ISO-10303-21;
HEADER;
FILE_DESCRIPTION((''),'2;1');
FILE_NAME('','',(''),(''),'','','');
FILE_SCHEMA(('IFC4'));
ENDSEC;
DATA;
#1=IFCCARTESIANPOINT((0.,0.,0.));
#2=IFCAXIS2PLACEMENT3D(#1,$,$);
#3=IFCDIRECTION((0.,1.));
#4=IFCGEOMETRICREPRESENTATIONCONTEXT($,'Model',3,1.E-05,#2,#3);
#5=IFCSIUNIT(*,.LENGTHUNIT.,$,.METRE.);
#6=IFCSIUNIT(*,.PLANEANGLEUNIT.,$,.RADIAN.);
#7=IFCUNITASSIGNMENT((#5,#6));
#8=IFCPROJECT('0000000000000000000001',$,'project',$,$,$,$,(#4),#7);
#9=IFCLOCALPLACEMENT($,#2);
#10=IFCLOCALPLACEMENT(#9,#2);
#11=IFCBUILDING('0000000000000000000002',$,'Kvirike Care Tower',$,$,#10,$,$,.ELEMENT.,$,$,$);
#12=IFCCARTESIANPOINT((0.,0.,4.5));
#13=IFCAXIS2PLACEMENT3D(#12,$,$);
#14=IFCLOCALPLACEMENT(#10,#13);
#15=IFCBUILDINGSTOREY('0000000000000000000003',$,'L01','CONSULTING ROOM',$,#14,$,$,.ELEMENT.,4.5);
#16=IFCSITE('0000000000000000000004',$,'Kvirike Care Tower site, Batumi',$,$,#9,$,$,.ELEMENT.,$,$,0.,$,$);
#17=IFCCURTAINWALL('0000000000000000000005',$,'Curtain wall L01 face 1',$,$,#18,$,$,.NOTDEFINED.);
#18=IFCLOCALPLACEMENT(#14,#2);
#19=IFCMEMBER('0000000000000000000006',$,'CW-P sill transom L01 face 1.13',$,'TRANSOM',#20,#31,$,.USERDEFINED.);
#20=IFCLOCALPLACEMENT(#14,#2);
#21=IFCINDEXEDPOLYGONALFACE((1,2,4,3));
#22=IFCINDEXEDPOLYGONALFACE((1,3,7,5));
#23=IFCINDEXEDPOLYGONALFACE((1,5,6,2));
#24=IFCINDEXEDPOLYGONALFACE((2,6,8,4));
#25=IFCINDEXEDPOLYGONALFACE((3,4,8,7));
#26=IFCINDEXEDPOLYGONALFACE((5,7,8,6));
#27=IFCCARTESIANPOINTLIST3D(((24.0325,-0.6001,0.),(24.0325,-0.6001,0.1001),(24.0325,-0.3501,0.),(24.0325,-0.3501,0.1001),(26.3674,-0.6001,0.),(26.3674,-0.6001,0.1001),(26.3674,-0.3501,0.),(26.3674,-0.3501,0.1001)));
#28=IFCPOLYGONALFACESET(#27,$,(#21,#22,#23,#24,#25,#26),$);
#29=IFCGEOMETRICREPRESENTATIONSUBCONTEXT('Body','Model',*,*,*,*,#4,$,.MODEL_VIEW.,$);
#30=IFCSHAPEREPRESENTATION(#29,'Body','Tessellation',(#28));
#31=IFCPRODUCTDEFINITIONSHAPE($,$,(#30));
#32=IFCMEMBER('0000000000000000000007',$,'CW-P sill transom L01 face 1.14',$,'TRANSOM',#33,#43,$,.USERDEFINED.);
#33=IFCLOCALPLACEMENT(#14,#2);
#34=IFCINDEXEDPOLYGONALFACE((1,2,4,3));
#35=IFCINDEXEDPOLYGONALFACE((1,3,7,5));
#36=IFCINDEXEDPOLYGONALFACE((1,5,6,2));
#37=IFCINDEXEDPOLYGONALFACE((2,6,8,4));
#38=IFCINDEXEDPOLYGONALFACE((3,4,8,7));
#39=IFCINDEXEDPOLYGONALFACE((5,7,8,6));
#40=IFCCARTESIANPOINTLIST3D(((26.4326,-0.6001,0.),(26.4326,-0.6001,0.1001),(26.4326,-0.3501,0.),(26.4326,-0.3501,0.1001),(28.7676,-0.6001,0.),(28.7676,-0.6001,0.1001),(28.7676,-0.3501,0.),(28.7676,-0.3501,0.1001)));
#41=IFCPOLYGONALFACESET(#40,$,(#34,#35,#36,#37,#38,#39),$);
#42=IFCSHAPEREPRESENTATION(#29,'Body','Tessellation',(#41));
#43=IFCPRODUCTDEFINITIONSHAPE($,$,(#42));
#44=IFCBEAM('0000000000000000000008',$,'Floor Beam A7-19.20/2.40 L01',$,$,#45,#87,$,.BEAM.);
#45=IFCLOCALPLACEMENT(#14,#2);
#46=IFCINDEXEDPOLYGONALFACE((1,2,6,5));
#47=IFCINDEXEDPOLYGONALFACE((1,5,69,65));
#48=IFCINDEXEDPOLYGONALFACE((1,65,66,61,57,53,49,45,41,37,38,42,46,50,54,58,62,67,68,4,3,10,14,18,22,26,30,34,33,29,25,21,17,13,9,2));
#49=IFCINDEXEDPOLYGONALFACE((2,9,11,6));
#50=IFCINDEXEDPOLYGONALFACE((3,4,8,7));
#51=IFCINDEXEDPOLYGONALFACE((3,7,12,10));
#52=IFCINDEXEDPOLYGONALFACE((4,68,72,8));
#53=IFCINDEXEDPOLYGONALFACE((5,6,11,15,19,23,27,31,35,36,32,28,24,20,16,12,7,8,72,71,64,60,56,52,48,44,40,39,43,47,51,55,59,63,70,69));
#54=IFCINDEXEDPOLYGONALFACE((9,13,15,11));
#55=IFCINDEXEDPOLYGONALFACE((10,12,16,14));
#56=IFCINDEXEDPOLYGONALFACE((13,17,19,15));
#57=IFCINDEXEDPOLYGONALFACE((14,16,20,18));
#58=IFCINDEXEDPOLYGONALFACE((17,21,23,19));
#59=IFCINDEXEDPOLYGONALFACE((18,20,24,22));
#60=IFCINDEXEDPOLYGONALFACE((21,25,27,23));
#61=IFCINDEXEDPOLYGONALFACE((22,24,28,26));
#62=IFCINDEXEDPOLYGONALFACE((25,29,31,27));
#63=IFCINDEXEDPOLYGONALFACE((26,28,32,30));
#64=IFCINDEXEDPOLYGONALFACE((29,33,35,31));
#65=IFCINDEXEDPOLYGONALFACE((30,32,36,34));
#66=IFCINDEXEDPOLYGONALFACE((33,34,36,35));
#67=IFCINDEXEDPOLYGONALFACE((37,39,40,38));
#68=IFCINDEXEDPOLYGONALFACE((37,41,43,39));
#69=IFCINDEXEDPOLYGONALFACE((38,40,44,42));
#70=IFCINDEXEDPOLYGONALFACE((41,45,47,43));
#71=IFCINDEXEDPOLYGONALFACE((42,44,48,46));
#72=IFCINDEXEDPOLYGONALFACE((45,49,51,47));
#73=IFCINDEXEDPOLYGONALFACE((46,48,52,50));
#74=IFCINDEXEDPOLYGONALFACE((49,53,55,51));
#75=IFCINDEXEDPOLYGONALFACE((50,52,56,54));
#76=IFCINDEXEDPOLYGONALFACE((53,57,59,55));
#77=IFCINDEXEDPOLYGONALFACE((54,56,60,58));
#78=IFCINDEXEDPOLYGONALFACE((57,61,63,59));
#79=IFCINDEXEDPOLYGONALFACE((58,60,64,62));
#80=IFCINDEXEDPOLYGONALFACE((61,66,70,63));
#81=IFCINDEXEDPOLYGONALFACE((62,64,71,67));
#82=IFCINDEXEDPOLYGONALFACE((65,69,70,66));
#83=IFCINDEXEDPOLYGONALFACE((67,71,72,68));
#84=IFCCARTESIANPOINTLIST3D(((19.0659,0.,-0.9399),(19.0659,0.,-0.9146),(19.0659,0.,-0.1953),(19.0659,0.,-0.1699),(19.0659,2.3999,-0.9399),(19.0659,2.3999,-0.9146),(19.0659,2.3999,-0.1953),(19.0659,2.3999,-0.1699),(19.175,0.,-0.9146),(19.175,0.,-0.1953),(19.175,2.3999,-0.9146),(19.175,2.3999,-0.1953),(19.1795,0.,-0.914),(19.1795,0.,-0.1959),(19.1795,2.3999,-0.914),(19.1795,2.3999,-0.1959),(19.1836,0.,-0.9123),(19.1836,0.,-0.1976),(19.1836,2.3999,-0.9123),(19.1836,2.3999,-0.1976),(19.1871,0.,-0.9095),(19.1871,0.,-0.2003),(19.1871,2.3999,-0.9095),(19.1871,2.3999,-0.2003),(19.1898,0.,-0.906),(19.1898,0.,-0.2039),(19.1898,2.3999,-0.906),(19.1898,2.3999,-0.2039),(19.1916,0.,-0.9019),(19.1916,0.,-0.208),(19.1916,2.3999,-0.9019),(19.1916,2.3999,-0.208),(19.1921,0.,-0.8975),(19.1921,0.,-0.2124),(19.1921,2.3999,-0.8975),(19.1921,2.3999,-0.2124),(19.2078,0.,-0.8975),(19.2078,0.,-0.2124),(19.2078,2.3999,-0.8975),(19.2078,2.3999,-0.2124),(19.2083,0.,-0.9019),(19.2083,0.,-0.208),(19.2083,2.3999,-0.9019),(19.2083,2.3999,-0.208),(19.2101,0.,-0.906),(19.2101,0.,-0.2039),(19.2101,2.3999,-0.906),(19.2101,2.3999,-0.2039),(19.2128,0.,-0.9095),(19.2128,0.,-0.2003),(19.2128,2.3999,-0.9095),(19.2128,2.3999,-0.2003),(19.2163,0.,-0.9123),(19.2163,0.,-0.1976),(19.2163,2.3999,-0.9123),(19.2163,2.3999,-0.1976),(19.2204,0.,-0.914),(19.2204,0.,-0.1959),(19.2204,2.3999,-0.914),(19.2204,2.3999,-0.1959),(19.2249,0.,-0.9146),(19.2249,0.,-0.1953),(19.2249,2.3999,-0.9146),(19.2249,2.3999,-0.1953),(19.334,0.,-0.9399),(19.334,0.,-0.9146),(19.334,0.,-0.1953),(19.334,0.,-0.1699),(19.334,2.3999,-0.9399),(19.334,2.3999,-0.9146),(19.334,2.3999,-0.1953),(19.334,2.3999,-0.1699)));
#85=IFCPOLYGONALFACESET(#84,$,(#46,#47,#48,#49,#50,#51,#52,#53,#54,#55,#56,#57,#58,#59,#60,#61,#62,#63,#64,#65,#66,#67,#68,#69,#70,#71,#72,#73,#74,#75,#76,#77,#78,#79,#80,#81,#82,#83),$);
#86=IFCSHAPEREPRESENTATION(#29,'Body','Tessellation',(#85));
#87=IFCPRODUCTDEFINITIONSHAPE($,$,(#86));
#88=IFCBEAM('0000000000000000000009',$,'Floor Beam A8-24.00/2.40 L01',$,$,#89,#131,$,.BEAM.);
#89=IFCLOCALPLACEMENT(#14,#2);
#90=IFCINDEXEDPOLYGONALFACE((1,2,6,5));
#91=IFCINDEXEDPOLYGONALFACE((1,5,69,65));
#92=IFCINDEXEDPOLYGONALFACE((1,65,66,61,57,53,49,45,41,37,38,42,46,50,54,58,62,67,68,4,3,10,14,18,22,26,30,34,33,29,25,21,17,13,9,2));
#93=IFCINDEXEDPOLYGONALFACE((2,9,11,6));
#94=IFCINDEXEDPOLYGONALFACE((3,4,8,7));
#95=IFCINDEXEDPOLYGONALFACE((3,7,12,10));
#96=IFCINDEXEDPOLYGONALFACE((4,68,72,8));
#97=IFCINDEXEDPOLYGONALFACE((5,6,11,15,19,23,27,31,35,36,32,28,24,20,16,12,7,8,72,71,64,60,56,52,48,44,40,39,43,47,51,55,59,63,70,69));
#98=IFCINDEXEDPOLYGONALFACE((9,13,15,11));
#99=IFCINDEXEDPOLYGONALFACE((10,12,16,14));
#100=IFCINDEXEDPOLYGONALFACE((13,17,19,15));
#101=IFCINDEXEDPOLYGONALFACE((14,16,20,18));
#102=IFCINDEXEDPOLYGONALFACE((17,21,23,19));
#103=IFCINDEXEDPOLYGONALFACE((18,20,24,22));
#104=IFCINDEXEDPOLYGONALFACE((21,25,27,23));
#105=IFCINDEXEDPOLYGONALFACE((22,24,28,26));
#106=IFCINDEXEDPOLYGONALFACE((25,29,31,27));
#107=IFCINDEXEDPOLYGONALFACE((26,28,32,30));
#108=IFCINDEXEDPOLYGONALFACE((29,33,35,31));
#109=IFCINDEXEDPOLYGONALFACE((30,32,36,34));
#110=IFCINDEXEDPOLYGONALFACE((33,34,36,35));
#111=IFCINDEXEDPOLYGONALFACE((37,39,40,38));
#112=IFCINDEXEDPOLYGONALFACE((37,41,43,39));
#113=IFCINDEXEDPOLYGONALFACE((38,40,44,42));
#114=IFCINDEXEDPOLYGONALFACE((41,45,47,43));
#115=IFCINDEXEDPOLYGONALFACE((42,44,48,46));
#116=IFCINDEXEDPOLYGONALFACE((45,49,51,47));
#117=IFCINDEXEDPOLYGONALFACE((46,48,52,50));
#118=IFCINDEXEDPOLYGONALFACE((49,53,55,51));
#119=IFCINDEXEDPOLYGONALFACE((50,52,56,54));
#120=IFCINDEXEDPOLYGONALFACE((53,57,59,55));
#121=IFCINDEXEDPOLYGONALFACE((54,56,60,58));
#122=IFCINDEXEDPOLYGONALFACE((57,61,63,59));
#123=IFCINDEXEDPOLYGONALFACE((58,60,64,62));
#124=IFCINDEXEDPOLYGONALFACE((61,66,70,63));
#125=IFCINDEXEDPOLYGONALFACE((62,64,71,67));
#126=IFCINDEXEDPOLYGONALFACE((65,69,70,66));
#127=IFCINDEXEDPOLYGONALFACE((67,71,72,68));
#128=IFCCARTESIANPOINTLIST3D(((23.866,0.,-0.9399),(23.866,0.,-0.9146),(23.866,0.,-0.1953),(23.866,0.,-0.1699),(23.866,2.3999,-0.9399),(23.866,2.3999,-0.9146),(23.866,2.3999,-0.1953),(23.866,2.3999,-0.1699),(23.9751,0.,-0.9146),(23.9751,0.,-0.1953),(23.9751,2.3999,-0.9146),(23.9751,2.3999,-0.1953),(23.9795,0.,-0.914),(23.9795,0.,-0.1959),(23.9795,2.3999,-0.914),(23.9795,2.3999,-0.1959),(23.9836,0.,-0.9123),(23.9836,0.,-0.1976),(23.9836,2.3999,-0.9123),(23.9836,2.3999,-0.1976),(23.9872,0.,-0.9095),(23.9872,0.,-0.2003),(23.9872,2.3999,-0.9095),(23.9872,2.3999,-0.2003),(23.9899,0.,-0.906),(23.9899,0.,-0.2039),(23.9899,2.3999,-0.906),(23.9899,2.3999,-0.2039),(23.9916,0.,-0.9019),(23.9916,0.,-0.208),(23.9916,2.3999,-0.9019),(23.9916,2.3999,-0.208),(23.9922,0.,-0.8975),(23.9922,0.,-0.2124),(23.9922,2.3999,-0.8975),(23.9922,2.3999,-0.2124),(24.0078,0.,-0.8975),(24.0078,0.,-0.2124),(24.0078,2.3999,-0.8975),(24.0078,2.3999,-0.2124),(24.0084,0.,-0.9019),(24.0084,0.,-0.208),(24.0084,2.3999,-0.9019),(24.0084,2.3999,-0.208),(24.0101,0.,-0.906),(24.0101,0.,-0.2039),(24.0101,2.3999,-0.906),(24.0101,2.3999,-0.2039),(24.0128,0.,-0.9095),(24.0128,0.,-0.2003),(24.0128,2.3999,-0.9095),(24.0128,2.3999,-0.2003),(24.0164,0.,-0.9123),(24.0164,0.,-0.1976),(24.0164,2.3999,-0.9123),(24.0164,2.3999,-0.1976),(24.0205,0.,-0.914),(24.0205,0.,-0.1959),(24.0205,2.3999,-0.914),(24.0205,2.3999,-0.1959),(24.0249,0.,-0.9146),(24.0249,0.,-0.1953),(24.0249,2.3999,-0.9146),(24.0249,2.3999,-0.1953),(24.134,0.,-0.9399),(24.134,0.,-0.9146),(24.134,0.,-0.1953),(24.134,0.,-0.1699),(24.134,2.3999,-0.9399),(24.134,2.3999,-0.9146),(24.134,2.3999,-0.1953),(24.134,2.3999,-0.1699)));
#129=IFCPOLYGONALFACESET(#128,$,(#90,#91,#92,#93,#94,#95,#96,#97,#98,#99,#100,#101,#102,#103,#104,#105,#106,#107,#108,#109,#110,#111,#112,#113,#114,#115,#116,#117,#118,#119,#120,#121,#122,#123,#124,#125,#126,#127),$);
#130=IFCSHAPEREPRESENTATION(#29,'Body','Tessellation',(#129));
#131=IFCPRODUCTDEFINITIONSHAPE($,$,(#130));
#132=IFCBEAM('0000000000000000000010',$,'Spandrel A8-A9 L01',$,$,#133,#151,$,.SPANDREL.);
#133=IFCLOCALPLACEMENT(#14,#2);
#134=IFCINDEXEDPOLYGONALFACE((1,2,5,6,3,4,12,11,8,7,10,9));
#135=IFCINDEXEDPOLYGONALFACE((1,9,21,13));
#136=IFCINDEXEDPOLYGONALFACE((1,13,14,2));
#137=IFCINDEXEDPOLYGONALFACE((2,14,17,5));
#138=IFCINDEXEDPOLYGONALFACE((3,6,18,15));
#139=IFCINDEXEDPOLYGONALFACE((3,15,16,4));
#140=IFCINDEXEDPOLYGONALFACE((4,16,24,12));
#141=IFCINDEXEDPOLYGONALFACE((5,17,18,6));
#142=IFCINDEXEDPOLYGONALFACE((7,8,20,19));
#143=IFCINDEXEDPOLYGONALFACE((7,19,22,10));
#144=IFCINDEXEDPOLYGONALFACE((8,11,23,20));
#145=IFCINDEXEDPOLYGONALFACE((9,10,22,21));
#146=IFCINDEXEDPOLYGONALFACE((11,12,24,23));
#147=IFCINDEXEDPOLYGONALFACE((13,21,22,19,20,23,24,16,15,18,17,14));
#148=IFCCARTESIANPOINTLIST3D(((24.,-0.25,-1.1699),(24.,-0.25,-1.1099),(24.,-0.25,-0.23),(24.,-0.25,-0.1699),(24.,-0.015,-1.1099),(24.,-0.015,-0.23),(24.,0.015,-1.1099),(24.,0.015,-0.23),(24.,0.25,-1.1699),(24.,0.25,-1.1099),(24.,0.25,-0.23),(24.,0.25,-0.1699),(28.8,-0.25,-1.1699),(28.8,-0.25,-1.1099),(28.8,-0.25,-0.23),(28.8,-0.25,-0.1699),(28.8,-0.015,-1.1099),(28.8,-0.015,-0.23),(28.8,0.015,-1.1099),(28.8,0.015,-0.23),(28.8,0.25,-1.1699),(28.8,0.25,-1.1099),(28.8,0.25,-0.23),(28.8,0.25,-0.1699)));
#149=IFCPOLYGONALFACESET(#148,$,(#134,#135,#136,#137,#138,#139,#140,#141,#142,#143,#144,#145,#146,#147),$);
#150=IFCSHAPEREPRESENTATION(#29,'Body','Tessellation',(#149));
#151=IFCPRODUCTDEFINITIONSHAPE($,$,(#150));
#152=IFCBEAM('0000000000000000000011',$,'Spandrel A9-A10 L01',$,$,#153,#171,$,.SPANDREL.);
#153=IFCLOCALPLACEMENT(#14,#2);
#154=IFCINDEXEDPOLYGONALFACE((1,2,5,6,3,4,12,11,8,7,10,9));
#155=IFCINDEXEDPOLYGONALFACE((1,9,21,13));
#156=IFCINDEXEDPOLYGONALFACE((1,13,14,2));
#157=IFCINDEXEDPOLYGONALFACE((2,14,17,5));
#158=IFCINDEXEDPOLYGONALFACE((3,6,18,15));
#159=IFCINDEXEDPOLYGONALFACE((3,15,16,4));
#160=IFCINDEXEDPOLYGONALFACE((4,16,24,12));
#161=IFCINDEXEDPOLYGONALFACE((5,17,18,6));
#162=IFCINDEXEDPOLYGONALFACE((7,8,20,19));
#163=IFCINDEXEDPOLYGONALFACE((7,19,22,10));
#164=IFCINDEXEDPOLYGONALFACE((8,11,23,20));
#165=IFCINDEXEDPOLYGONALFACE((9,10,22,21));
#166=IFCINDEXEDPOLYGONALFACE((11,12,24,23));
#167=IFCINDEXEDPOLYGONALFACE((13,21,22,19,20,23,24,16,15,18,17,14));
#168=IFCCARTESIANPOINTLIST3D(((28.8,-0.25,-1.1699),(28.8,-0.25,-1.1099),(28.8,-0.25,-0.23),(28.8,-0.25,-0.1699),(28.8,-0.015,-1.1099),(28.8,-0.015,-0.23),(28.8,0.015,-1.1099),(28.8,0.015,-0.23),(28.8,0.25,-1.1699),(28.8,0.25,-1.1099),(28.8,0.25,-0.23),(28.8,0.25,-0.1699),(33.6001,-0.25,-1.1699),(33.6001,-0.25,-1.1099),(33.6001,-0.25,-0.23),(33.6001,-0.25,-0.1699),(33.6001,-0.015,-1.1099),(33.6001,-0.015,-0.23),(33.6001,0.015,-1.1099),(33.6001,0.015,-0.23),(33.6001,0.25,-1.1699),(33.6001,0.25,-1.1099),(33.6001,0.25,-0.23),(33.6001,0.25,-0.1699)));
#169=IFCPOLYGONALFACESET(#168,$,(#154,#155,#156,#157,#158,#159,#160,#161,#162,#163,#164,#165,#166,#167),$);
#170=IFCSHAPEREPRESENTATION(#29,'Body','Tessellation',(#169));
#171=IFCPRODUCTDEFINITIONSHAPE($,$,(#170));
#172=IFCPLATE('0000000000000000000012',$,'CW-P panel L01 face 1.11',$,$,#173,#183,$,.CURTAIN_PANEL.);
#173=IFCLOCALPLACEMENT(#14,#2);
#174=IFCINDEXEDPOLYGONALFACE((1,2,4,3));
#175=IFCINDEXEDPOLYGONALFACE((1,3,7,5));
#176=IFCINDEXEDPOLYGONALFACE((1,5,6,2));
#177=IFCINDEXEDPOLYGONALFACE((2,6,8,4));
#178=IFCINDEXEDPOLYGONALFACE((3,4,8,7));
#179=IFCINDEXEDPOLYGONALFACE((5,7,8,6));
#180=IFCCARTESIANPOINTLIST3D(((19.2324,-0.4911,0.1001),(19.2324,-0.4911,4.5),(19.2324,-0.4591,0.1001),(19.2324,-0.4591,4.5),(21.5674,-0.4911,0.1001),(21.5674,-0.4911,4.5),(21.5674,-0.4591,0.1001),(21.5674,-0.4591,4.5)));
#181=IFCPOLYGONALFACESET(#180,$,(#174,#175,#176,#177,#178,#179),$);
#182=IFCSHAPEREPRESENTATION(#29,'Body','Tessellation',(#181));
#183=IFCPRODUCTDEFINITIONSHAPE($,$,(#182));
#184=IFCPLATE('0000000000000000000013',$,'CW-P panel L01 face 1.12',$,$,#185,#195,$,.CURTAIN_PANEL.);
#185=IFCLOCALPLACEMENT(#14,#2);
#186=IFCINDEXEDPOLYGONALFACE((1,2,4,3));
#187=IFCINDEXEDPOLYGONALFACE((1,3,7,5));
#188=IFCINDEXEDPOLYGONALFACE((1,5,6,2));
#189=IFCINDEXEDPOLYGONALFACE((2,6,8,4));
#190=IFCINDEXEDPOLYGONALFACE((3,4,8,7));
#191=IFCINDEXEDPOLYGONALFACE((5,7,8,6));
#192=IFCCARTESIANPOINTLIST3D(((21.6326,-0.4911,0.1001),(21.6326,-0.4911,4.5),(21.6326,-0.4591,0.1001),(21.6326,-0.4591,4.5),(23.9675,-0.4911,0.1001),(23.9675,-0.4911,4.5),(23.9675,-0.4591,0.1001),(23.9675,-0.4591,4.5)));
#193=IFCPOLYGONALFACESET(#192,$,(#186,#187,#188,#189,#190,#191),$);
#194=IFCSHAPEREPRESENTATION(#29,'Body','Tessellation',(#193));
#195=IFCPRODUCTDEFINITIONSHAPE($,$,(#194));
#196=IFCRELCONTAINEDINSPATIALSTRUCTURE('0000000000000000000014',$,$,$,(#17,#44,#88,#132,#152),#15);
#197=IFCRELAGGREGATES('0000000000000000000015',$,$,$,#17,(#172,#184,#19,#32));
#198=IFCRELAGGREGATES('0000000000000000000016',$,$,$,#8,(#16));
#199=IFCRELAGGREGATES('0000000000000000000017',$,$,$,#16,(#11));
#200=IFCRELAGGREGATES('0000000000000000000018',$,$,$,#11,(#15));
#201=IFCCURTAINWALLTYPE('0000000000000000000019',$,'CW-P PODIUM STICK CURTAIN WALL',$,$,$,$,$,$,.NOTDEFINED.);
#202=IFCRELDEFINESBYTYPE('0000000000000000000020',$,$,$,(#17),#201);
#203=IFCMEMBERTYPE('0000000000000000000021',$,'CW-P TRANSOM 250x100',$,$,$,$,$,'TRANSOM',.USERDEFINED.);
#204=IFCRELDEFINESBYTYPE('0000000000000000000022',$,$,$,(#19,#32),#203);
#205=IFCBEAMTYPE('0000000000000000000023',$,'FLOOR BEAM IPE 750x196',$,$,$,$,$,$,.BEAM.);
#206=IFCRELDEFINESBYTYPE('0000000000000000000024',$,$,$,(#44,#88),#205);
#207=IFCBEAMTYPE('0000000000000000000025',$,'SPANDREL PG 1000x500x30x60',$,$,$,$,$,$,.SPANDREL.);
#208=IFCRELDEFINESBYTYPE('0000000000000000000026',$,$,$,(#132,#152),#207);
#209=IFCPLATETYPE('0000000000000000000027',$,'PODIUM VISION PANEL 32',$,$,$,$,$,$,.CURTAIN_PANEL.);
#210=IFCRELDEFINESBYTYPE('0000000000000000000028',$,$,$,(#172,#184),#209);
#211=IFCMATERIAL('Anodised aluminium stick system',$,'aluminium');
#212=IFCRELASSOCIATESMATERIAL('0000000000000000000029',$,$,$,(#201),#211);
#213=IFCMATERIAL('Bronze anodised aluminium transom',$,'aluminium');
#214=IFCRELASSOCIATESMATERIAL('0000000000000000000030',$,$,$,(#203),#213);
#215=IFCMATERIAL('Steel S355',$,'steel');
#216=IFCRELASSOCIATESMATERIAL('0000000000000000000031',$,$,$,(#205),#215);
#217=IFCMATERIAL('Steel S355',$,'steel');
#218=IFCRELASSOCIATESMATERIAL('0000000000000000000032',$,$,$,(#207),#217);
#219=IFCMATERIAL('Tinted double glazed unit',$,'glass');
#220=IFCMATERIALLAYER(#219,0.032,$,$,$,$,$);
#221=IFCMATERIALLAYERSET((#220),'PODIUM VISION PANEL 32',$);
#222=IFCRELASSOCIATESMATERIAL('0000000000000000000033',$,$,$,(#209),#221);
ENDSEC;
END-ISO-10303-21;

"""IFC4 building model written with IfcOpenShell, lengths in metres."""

from ifc_helpers import new_model, si_unit, direction, frame, origin, origin_2d, place, context, subcontext, project, spatial, rectangle, i_section, extrude, material, layer, layer_set, material_profile, profile_set, type_object, element, aggregate, save


model = new_model("IFC4")

# Units and contexts
model_context = context("Model", 3, precision=1e-05, world=origin(), true_north=direction((0.0, 1.0)))
body_context = subcontext(model_context, "Body", "Model", "MODEL_VIEW")
ifc_project = project(units=[si_unit("LENGTHUNIT", "METRE"), si_unit("PLANEANGLEUNIT", "RADIAN")], contexts=[model_context])

# Site, building, storey
site_placement = place(None, origin())
site = spatial("IfcSite", under=ifc_project, at=site_placement, Name="Kvirike Care Tower site, Batumi", CompositionType="ELEMENT", RefElevation=0.0)
building_placement = place(site_placement, origin())
building = spatial("IfcBuilding", under=site, at=building_placement, Name="Kvirike Care Tower", CompositionType="ELEMENT")
storey_placement = place(building_placement, frame((0.0, 0.0, 4.5)))
storey = spatial("IfcBuildingStorey", under=building, at=storey_placement, Name="L01", Description="CONSULTING ROOM", CompositionType="ELEMENT", Elevation=4.5)

# Curtain wall, members
ifc_material_1 = material(Name="Anodised aluminium stick system", Category="aluminium")
curtain_wall_type = type_object("IfcCurtainWallType", Name="CW-P PODIUM STICK CURTAIN WALL", PredefinedType="NOTDEFINED", material=ifc_material_1)
curtain_wall_placement = place(storey_placement, origin())
curtain_wall = element("IfcCurtainWall", 1, at=curtain_wall_placement, inside=storey, type_object=curtain_wall_type, Name="Curtain wall L01 face 1", PredefinedType="NOTDEFINED")
ifc_material_2 = material(Name="Bronze anodised aluminium transom", Category="aluminium")
ifc_material_profile_1 = material_profile(ifc_material_2, rectangle(XDim=0.25, YDim=0.1001, at=origin_2d()), Name="CW-P TRANSOM 250x100")
ifc_profile_set_1 = profile_set([ifc_material_profile_1], Name="Bronze anodised aluminium transom")
member_type_1 = type_object("IfcMemberType", Name="CW-P TRANSOM 250x100", ElementType="TRANSOM", PredefinedType="USERDEFINED", material=ifc_profile_set_1)
member_1_placement = place(storey_placement, frame((24.0325, -0.4751, 0.05), z_axis=(1.0, 0.0, 0.0), x_axis=(0.0, 1.0, 0.0)))
member_1 = element("IfcMember", 2, at=member_1_placement, type_object=member_type_1, Name="CW-P sill transom L01 face 1.13", ObjectType="TRANSOM", PredefinedType="USERDEFINED", context=body_context, shape_type="SweptSolid", body=[
    extrude(rectangle(XDim=0.25, YDim=0.1001, at=origin_2d()), origin(), (0.0, 0.0, 1.0), 2.335),
])
member_2_placement = place(storey_placement, frame((26.4326, -0.4751, 0.05), z_axis=(1.0, 0.0, 0.0), x_axis=(0.0, 1.0, 0.0)))
member_2 = element("IfcMember", 3, at=member_2_placement, type_object=member_type_1, Name="CW-P sill transom L01 face 1.14", ObjectType="TRANSOM", PredefinedType="USERDEFINED", context=body_context, shape_type="SweptSolid", body=[
    extrude(rectangle(XDim=0.25, YDim=0.1001, at=origin_2d()), origin(), (0.0, 0.0, 1.0), 2.335),
])

# Beams
ifc_material_3 = material(Name="Steel S355", Category="steel")
ifc_material_profile_2 = material_profile(ifc_material_3, i_section(OverallWidth=0.2681, OverallDepth=0.77, WebThickness=0.0156, FlangeThickness=0.0254, FilletRadius=0.0171, at=origin_2d()), Name="IPE 750x196")
ifc_profile_set_2 = profile_set([ifc_material_profile_2], Name="Steel S355")
beam_type_1 = type_object("IfcBeamType", Name="FLOOR BEAM IPE 750x196", PredefinedType="BEAM", material=ifc_profile_set_2)
for number, where, z_axis, x_axis, name in (
    (4, (19.2, 0.0, -0.5549), (0.0, 1.0, 0.0), (-1.0, 0.0, 0.0), "Floor Beam A7-19.20/2.40 L01"),
    (5, (24.0, 0.0, -0.5549), (0.0, 1.0, 0.0), (-1.0, 0.0, 0.0), "Floor Beam A8-24.00/2.40 L01"),
):
    element("IfcBeam", number, at=place(storey_placement, frame(where, z_axis=z_axis, x_axis=x_axis)), inside=storey, type_object=beam_type_1, Name=name, PredefinedType="BEAM", context=body_context, shape_type="SweptSolid", body=[
        extrude(i_section(OverallWidth=0.2681, OverallDepth=0.77, WebThickness=0.0156, FlangeThickness=0.0254, FilletRadius=0.0171, at=origin_2d()), origin(), (0.0, 0.0, 1.0), 2.3999),
    ])
ifc_material_4 = material(Name="Steel S355", Category="steel")
ifc_material_profile_3 = material_profile(ifc_material_4, i_section(OverallWidth=0.5, OverallDepth=1.0, WebThickness=0.03, FlangeThickness=0.0601, at=origin_2d()), Name="PG 1000x500x30x60")
ifc_profile_set_3 = profile_set([ifc_material_profile_3], Name="Steel S355")
beam_type_2 = type_object("IfcBeamType", Name="SPANDREL PG 1000x500x30x60", PredefinedType="SPANDREL", material=ifc_profile_set_3)
for number, where, z_axis, x_axis, name in (
    (6, (24.0, 0.0, -0.6699), (1.0, 0.0, 0.0), (0.0, 1.0, 0.0), "Spandrel A8-A9 L01"),
    (7, (28.8, 0.0, -0.6699), (1.0, 0.0, 0.0), (0.0, 1.0, 0.0), "Spandrel A9-A10 L01"),
):
    element("IfcBeam", number, at=place(storey_placement, frame(where, z_axis=z_axis, x_axis=x_axis)), inside=storey, type_object=beam_type_2, Name=name, PredefinedType="SPANDREL", context=body_context, shape_type="SweptSolid", body=[
        extrude(i_section(OverallWidth=0.5, OverallDepth=1.0, WebThickness=0.03, FlangeThickness=0.0601, at=origin_2d()), origin(), (0.0, 0.0, 1.0), 4.8),
    ])

# Plates
ifc_material_5 = material(Name="Tinted double glazed unit", Category="glass")
ifc_layer = layer(ifc_material_5, 0.032)
ifc_layer_set = layer_set([ifc_layer], Name="PODIUM VISION PANEL 32")
plate_type = type_object("IfcPlateType", Name="PODIUM VISION PANEL 32", PredefinedType="CURTAIN_PANEL", material=ifc_layer_set)
plate_1_placement = place(storey_placement, frame((20.3999, -0.4751, 0.1001), z_axis=(0.0, 0.0, 1.0), x_axis=(1.0, 0.0, 0.0)))
plate_1 = element("IfcPlate", 8, at=plate_1_placement, type_object=plate_type, Name="CW-P panel L01 face 1.11", PredefinedType="CURTAIN_PANEL", context=body_context, shape_type="SweptSolid", body=[
    extrude(rectangle(XDim=2.335, YDim=0.032, at=origin_2d()), origin(), (0.0, 0.0, 1.0), 4.3999),
])
plate_2_placement = place(storey_placement, frame((22.8, -0.4751, 0.1001), z_axis=(0.0, 0.0, 1.0), x_axis=(1.0, 0.0, 0.0)))
plate_2 = element("IfcPlate", 9, at=plate_2_placement, type_object=plate_type, Name="CW-P panel L01 face 1.12", PredefinedType="CURTAIN_PANEL", context=body_context, shape_type="SweptSolid", body=[
    extrude(rectangle(XDim=2.335, YDim=0.032, at=origin_2d()), origin(), (0.0, 0.0, 1.0), 4.3999),
])
aggregate(curtain_wall, [plate_1, plate_2, member_1, member_2])

save(model, "model.ifc")
